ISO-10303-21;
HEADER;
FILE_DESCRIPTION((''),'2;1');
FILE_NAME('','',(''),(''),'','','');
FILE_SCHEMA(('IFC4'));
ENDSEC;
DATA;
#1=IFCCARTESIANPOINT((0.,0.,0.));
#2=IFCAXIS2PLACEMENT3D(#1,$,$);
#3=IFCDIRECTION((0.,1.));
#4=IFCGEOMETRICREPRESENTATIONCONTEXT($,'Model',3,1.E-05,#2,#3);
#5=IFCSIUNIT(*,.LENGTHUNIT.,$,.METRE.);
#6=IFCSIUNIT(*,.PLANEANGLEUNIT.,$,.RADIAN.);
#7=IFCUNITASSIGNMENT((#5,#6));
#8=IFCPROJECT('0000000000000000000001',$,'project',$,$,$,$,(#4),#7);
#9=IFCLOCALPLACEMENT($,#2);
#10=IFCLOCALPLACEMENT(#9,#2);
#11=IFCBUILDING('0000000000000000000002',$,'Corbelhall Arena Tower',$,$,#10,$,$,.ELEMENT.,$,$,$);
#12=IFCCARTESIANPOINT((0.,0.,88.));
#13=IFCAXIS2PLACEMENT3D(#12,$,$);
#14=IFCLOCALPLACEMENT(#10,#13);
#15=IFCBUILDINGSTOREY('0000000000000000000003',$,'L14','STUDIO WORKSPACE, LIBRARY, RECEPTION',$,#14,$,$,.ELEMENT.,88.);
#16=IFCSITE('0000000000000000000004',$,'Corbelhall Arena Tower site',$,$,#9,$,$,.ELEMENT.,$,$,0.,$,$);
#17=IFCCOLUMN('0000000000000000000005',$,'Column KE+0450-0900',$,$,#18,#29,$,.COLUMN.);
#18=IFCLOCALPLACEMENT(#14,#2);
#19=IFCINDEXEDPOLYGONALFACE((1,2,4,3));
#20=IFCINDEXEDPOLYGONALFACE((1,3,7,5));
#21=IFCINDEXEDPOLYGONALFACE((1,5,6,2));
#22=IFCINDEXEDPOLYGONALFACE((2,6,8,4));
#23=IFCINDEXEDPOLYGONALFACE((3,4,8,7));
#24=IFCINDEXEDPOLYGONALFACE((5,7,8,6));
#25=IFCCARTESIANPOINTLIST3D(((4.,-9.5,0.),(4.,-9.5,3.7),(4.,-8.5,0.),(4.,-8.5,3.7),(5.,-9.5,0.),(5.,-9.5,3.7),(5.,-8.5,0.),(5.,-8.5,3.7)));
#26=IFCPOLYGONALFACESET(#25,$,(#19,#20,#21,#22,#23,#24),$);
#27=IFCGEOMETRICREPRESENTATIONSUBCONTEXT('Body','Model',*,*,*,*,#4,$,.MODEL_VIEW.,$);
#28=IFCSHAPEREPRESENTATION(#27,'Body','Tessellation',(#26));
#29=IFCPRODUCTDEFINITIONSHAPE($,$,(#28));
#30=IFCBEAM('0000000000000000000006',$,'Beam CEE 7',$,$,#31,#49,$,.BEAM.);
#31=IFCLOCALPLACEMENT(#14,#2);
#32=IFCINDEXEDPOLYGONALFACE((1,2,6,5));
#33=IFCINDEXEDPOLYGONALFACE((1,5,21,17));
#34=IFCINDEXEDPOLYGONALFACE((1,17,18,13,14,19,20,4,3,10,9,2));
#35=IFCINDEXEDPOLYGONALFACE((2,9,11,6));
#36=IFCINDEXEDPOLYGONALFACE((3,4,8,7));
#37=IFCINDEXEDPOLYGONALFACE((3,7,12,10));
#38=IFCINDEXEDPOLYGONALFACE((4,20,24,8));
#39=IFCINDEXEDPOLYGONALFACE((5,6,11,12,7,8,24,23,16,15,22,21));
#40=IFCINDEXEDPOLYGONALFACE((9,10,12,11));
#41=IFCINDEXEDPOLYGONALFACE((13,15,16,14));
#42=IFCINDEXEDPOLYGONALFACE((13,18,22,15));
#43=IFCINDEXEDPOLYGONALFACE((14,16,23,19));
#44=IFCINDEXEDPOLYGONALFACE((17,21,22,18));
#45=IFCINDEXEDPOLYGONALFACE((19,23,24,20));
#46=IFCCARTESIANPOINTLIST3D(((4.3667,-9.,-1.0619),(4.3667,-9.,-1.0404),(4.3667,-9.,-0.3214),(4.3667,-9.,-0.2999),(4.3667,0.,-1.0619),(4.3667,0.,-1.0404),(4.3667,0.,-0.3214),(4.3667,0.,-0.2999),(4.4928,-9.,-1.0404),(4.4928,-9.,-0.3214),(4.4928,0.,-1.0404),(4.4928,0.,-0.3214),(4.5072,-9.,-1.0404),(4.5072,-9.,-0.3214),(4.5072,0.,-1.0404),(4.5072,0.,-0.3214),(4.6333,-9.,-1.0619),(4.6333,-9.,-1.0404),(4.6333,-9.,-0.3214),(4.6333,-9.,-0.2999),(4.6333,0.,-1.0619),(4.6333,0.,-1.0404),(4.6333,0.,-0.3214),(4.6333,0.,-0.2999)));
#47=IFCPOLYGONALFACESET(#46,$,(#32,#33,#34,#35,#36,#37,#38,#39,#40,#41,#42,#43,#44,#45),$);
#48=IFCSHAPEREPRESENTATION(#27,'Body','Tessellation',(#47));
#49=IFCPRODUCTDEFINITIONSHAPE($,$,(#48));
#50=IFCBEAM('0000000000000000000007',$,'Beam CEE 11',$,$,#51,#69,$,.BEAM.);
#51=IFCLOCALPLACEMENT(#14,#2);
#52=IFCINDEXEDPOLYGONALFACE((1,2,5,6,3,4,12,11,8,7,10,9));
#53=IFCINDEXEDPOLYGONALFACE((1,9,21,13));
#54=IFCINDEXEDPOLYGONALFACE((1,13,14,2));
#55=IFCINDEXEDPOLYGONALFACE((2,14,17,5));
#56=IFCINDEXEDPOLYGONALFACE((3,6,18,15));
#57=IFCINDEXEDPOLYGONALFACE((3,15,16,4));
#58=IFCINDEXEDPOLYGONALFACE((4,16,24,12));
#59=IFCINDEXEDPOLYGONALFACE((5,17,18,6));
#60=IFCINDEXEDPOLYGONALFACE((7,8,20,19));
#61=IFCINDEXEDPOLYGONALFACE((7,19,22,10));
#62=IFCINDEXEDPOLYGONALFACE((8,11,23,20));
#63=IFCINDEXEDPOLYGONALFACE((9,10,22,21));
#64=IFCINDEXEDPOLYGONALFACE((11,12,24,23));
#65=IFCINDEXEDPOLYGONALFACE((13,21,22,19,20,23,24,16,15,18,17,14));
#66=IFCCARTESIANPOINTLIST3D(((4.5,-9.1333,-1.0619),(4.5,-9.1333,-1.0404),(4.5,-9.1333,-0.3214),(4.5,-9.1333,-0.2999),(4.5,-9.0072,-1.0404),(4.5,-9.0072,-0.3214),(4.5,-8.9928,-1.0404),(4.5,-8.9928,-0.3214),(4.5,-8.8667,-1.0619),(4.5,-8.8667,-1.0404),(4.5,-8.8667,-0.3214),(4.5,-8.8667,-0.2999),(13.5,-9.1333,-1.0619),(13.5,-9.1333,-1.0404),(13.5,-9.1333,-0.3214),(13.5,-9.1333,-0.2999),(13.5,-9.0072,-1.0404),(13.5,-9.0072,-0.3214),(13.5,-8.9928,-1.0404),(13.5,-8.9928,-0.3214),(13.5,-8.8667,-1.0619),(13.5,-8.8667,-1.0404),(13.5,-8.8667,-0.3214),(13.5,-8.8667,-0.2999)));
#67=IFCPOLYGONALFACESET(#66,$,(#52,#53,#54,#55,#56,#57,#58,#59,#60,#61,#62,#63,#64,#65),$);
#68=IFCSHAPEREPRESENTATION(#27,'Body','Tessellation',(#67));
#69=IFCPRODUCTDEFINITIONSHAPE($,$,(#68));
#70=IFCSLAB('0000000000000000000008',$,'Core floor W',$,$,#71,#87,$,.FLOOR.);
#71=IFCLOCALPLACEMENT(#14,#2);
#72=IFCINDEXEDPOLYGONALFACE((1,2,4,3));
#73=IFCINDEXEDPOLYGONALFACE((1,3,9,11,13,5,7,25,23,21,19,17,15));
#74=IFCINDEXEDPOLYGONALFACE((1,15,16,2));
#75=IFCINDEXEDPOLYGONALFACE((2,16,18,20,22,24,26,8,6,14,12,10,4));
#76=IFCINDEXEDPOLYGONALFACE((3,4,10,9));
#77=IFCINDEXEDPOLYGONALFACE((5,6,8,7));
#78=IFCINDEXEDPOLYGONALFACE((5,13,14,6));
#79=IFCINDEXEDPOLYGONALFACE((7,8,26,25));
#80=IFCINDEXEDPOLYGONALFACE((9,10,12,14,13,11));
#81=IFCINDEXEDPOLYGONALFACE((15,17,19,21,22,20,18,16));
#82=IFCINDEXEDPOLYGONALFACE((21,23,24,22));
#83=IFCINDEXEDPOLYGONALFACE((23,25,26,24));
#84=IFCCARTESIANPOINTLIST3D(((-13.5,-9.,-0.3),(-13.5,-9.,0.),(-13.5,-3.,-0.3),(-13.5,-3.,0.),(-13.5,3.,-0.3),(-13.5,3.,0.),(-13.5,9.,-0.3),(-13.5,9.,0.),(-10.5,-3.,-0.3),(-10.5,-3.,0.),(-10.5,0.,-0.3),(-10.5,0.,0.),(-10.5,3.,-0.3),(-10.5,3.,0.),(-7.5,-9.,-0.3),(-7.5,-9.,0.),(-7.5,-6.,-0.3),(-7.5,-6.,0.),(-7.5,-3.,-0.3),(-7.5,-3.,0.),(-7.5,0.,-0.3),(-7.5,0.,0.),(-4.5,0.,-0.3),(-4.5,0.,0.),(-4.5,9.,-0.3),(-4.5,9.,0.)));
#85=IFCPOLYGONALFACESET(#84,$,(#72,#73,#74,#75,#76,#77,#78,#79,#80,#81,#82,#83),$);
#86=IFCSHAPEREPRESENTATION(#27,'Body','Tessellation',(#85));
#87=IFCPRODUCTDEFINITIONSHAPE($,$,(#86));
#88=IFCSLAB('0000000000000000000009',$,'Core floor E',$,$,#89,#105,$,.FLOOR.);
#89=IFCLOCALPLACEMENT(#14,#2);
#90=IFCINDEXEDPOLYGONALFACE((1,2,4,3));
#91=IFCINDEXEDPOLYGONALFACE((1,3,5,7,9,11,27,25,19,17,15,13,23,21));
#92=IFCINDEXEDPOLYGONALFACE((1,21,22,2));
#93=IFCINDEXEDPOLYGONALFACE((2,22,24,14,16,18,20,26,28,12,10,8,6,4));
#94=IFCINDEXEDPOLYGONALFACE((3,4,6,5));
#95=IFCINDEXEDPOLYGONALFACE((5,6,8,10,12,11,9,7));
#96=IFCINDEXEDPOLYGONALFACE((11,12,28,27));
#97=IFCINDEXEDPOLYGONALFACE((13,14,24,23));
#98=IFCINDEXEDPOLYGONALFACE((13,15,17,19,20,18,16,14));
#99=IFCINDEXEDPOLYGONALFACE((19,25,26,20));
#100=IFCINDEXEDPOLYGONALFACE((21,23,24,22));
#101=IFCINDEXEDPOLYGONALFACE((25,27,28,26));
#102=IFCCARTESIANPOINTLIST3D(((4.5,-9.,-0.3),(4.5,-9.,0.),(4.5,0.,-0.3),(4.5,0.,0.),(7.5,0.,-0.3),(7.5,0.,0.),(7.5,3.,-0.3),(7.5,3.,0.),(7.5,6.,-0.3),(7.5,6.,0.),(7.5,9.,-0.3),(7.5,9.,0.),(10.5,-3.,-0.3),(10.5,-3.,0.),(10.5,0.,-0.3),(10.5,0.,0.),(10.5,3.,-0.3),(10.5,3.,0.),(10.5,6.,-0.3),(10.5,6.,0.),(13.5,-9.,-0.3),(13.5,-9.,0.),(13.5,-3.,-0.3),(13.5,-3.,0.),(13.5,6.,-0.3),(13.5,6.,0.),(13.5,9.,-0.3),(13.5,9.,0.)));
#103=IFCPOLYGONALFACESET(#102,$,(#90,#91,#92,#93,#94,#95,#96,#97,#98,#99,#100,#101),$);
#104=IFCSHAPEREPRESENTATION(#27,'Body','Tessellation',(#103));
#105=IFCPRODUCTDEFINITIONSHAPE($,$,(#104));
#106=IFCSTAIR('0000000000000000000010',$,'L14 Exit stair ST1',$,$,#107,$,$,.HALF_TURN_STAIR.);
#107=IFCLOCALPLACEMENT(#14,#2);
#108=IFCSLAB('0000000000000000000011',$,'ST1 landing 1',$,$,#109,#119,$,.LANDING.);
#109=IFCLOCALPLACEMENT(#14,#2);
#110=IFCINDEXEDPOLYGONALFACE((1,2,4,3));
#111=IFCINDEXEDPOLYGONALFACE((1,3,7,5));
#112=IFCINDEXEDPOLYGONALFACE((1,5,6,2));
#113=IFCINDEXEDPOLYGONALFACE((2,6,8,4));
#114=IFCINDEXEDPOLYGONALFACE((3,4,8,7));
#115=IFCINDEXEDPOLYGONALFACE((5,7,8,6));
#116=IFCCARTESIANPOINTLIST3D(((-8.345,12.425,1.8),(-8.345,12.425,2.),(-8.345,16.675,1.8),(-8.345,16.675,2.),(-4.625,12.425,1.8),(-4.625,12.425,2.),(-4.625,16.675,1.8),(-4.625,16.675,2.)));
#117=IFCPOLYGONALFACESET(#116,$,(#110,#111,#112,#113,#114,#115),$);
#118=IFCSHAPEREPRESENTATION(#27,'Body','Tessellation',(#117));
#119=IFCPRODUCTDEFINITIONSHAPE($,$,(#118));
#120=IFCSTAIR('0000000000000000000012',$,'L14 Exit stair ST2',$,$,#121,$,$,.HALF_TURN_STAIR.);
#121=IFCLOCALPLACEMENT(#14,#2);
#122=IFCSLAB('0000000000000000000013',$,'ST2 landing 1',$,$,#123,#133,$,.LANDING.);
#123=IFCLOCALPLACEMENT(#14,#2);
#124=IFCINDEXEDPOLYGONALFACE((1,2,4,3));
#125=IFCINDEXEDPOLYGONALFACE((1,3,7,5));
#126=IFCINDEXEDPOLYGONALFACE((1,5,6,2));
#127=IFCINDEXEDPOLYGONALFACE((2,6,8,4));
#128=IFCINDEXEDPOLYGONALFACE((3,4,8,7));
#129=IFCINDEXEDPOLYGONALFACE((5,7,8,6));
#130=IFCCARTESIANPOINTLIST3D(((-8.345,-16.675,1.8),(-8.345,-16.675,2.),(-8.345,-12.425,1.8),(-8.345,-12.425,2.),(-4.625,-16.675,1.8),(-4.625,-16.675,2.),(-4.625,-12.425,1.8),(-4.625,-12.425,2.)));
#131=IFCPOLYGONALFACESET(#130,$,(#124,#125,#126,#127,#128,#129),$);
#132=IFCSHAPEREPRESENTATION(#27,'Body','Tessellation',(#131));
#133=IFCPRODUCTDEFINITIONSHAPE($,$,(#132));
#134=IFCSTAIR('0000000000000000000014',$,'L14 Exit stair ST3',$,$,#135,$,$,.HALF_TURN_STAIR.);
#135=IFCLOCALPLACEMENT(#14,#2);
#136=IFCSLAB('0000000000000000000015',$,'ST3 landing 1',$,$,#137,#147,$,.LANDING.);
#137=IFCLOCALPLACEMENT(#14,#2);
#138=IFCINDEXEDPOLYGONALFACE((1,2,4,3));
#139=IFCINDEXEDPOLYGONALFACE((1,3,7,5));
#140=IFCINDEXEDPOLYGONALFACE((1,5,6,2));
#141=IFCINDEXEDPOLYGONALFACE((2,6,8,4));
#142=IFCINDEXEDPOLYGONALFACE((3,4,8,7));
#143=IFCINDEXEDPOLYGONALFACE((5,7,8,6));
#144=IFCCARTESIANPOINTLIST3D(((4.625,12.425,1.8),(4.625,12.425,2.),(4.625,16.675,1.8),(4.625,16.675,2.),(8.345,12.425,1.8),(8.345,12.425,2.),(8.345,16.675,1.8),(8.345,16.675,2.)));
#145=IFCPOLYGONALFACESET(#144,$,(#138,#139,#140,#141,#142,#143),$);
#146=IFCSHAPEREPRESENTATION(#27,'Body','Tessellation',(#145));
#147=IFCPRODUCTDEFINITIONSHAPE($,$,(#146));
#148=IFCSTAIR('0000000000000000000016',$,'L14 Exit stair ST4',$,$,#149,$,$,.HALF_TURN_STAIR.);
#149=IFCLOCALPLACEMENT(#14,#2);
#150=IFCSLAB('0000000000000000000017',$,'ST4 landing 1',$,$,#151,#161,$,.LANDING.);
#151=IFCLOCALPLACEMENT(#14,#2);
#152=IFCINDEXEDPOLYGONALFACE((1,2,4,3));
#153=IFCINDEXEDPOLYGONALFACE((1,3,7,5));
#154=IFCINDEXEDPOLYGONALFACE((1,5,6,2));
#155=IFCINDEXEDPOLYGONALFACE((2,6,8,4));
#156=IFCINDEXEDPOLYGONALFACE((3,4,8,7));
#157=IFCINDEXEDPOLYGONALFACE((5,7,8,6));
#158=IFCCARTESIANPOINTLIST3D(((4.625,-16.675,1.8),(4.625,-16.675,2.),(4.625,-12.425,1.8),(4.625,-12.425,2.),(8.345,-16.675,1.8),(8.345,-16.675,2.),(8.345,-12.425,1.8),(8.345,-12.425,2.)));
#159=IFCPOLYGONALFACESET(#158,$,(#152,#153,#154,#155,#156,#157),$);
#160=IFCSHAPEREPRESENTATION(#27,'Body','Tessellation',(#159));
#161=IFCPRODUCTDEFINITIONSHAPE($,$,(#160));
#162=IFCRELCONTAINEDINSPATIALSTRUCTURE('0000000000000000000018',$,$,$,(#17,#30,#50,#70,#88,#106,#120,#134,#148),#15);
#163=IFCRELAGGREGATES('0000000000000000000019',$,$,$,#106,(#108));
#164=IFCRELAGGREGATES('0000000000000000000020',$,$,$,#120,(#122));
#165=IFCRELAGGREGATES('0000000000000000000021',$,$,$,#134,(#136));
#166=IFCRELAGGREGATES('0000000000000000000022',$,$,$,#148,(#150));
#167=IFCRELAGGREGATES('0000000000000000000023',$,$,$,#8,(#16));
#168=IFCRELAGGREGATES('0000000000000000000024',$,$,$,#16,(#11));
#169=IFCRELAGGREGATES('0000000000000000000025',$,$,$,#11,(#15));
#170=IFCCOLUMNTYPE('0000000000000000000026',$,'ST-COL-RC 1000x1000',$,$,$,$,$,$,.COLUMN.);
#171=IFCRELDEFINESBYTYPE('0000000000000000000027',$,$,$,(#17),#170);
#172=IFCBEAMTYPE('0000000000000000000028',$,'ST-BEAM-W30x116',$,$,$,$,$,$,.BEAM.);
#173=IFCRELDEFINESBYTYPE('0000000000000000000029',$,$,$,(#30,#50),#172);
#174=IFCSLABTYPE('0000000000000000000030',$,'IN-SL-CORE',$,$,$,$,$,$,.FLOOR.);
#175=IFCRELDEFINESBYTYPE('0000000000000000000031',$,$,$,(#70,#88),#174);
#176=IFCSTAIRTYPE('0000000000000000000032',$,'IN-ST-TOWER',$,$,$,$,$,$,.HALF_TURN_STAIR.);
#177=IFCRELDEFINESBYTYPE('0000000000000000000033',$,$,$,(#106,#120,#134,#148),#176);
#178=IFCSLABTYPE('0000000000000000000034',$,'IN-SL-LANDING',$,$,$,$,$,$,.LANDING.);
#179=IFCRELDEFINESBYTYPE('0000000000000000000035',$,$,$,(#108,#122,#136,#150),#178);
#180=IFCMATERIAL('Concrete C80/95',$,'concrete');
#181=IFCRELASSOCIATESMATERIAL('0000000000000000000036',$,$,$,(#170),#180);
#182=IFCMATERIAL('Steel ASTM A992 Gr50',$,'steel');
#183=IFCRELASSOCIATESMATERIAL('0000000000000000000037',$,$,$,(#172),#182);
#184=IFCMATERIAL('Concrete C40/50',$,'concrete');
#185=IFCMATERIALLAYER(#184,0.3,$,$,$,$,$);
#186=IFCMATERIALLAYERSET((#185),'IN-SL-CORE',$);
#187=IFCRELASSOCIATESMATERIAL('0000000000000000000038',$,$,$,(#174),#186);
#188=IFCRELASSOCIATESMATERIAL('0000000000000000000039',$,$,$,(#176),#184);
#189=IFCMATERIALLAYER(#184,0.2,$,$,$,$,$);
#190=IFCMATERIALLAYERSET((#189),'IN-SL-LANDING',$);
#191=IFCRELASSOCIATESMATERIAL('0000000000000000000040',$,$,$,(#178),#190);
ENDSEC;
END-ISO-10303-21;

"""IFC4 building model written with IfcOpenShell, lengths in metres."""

from ifc_helpers import new_model, si_unit, direction, frame, origin, origin_2d, place, context, subcontext, project, spatial, polyline, rectangle, i_section, outline, extrude, material, layer, layer_set, material_profile, profile_set, type_object, element, aggregate, save


model = new_model("IFC4")

# Units and contexts
model_context = context("Model", 3, precision=1e-05, world=origin(), true_north=direction((0.0, 1.0)))
body_context = subcontext(model_context, "Body", "Model", "MODEL_VIEW")
ifc_project = project(units=[si_unit("LENGTHUNIT", "METRE"), si_unit("PLANEANGLEUNIT", "RADIAN")], contexts=[model_context])

# Site, building, storey
site_placement = place(None, origin())
site = spatial("IfcSite", under=ifc_project, at=site_placement, Name="Corbelhall Arena Tower site", CompositionType="ELEMENT", RefElevation=0.0)
building_placement = place(site_placement, origin())
building = spatial("IfcBuilding", under=site, at=building_placement, Name="Corbelhall Arena Tower", CompositionType="ELEMENT")
storey_placement = place(building_placement, frame((0.0, 0.0, 88.0)))
storey = spatial("IfcBuildingStorey", under=building, at=storey_placement, Name="L14", Description="STUDIO WORKSPACE, LIBRARY, RECEPTION", CompositionType="ELEMENT", Elevation=88.0)

# Column
ifc_material_1 = material(Name="Concrete C80/95", Category="concrete")
ifc_material_profile_1 = material_profile(ifc_material_1, rectangle(XDim=1.0, YDim=1.0, at=origin_2d()))
ifc_profile_set_1 = profile_set([ifc_material_profile_1], Name="Concrete C80/95")
column_type = type_object("IfcColumnType", Name="ST-COL-RC 1000x1000", PredefinedType="COLUMN", material=ifc_profile_set_1)
column_placement = place(storey_placement, frame((4.5, -9.0, 0.0), z_axis=(0.0, 0.0, 1.0), x_axis=(1.0, 0.0, 0.0)))
element("IfcColumn", 1, at=column_placement, inside=storey, type_object=column_type, Name="Column KE+0450-0900", PredefinedType="COLUMN", context=body_context, shape_type="SweptSolid", body=[
    extrude(rectangle(XDim=1.0, YDim=1.0, at=origin_2d()), origin(), (0.0, 0.0, 1.0), 3.7),
])

# Beams
ifc_material_2 = material(Name="Steel ASTM A992 Gr50", Category="steel")
ifc_material_profile_2 = material_profile(ifc_material_2, i_section(OverallWidth=0.2666, OverallDepth=0.762, WebThickness=0.0144, FlangeThickness=0.0215, at=origin_2d()))
ifc_profile_set_2 = profile_set([ifc_material_profile_2], Name="Steel ASTM A992 Gr50")
beam_type = type_object("IfcBeamType", Name="ST-BEAM-W30x116", PredefinedType="BEAM", material=ifc_profile_set_2)
for number, where, z_axis, x_axis, name in (
    (2, (4.5, -9.0, -0.6809), (0.0, 1.0, 0.0), (-1.0, 0.0, 0.0), "Beam CEE 7"),
    (3, (4.5, -9.0, -0.6809), (1.0, 0.0, 0.0), (0.0, 1.0, 0.0), "Beam CEE 11"),
):
    element("IfcBeam", number, at=place(storey_placement, frame(where, z_axis=z_axis, x_axis=x_axis)), inside=storey, type_object=beam_type, Name=name, PredefinedType="BEAM", context=body_context, shape_type="SweptSolid", body=[
        extrude(i_section(OverallWidth=0.2666, OverallDepth=0.762, WebThickness=0.0144, FlangeThickness=0.0215, at=origin_2d()), origin(), (0.0, 0.0, 1.0), 9.0),
    ])

# Slabs
ifc_material_3 = material(Name="Concrete C40/50", Category="concrete")
ifc_layer_1 = layer(ifc_material_3, 0.3)
ifc_layer_set_1 = layer_set([ifc_layer_1], Name="IN-SL-CORE")
slab_type_1 = type_object("IfcSlabType", Name="IN-SL-CORE", PredefinedType="FLOOR", material=ifc_layer_set_1)
slab_1_placement = place(storey_placement, frame((0.0, 0.0, -0.3)))
element("IfcSlab", 4, at=slab_1_placement, inside=storey, type_object=slab_type_1, Name="Core floor W", PredefinedType="FLOOR", context=body_context, shape_type="SweptSolid", body=[
    extrude(outline(polyline([(-7.5, 0.0), (-4.5, 0.0), (-4.5, 9.0), (-13.5, 9.0), (-13.5, 3.0), (-10.5, 3.0), (-10.5, 0.0), (-10.5, -3.0), (-13.5, -3.0), (-13.5, -9.0), (-7.5, -9.0), (-7.5, -6.0), (-7.5, -3.0), (-7.5, 0.0)])), origin(), (0.0, 0.0, 1.0), 0.3),
])
slab_2_placement = place(storey_placement, frame((0.0, 0.0, -0.3)))
element("IfcSlab", 5, at=slab_2_placement, inside=storey, type_object=slab_type_1, Name="Core floor E", PredefinedType="FLOOR", context=body_context, shape_type="SweptSolid", body=[
    extrude(outline(polyline([(7.5, 0.0), (4.5, 0.0), (4.5, -9.0), (13.5, -9.0), (13.5, -3.0), (10.5, -3.0), (10.5, 0.0), (10.5, 3.0), (10.5, 6.0), (13.5, 6.0), (13.5, 9.0), (7.5, 9.0), (7.5, 6.0), (7.5, 3.0), (7.5, 0.0)])), origin(), (0.0, 0.0, 1.0), 0.3),
])

# Stairs, slabs
stair_type = type_object("IfcStairType", Name="IN-ST-TOWER", PredefinedType="HALF_TURN_STAIR", material=ifc_material_3)
stair_1_placement = place(storey_placement, origin())
stair_1 = element("IfcStair", 6, at=stair_1_placement, inside=storey, type_object=stair_type, Name="L14 Exit stair ST1", PredefinedType="HALF_TURN_STAIR")
ifc_layer_2 = layer(ifc_material_3, 0.2)
ifc_layer_set_2 = layer_set([ifc_layer_2], Name="IN-SL-LANDING")
slab_type_2 = type_object("IfcSlabType", Name="IN-SL-LANDING", PredefinedType="LANDING", material=ifc_layer_set_2)
slab_3_placement = place(storey_placement, frame((0.0, 0.0, 1.8)))
slab_3 = element("IfcSlab", 7, at=slab_3_placement, type_object=slab_type_2, Name="ST1 landing 1", PredefinedType="LANDING", context=body_context, shape_type="SweptSolid", body=[
    extrude(outline(polyline([(-8.345, 12.425), (-4.625, 12.425), (-4.625, 16.675), (-8.345, 16.675), (-8.345, 12.425)])), origin(), (0.0, 0.0, 1.0), 0.2),
])
aggregate(stair_1, [slab_3])
stair_2_placement = place(storey_placement, origin())
stair_2 = element("IfcStair", 8, at=stair_2_placement, inside=storey, type_object=stair_type, Name="L14 Exit stair ST2", PredefinedType="HALF_TURN_STAIR")
slab_4_placement = place(storey_placement, frame((0.0, 0.0, 1.8)))
slab_4 = element("IfcSlab", 9, at=slab_4_placement, type_object=slab_type_2, Name="ST2 landing 1", PredefinedType="LANDING", context=body_context, shape_type="SweptSolid", body=[
    extrude(outline(polyline([(-8.345, -16.675), (-4.625, -16.675), (-4.625, -12.425), (-8.345, -12.425), (-8.345, -16.675)])), origin(), (0.0, 0.0, 1.0), 0.2),
])
aggregate(stair_2, [slab_4])
stair_3_placement = place(storey_placement, origin())
stair_3 = element("IfcStair", 10, at=stair_3_placement, inside=storey, type_object=stair_type, Name="L14 Exit stair ST3", PredefinedType="HALF_TURN_STAIR")
slab_5_placement = place(storey_placement, frame((0.0, 0.0, 1.8)))
slab_5 = element("IfcSlab", 11, at=slab_5_placement, type_object=slab_type_2, Name="ST3 landing 1", PredefinedType="LANDING", context=body_context, shape_type="SweptSolid", body=[
    extrude(outline(polyline([(8.345, 16.675), (4.625, 16.675), (4.625, 12.425), (8.345, 12.425), (8.345, 16.675)])), origin(), (0.0, 0.0, 1.0), 0.2),
])
aggregate(stair_3, [slab_5])
stair_4_placement = place(storey_placement, origin())
stair_4 = element("IfcStair", 12, at=stair_4_placement, inside=storey, type_object=stair_type, Name="L14 Exit stair ST4", PredefinedType="HALF_TURN_STAIR")
slab_6_placement = place(storey_placement, frame((0.0, 0.0, 1.8)))
slab_6 = element("IfcSlab", 13, at=slab_6_placement, type_object=slab_type_2, Name="ST4 landing 1", PredefinedType="LANDING", context=body_context, shape_type="SweptSolid", body=[
    extrude(outline(polyline([(8.345, -12.425), (4.625, -12.425), (4.625, -16.675), (8.345, -16.675), (8.345, -12.425)])), origin(), (0.0, 0.0, 1.0), 0.2),
])
aggregate(stair_4, [slab_6])

save(model, "model.ifc")
